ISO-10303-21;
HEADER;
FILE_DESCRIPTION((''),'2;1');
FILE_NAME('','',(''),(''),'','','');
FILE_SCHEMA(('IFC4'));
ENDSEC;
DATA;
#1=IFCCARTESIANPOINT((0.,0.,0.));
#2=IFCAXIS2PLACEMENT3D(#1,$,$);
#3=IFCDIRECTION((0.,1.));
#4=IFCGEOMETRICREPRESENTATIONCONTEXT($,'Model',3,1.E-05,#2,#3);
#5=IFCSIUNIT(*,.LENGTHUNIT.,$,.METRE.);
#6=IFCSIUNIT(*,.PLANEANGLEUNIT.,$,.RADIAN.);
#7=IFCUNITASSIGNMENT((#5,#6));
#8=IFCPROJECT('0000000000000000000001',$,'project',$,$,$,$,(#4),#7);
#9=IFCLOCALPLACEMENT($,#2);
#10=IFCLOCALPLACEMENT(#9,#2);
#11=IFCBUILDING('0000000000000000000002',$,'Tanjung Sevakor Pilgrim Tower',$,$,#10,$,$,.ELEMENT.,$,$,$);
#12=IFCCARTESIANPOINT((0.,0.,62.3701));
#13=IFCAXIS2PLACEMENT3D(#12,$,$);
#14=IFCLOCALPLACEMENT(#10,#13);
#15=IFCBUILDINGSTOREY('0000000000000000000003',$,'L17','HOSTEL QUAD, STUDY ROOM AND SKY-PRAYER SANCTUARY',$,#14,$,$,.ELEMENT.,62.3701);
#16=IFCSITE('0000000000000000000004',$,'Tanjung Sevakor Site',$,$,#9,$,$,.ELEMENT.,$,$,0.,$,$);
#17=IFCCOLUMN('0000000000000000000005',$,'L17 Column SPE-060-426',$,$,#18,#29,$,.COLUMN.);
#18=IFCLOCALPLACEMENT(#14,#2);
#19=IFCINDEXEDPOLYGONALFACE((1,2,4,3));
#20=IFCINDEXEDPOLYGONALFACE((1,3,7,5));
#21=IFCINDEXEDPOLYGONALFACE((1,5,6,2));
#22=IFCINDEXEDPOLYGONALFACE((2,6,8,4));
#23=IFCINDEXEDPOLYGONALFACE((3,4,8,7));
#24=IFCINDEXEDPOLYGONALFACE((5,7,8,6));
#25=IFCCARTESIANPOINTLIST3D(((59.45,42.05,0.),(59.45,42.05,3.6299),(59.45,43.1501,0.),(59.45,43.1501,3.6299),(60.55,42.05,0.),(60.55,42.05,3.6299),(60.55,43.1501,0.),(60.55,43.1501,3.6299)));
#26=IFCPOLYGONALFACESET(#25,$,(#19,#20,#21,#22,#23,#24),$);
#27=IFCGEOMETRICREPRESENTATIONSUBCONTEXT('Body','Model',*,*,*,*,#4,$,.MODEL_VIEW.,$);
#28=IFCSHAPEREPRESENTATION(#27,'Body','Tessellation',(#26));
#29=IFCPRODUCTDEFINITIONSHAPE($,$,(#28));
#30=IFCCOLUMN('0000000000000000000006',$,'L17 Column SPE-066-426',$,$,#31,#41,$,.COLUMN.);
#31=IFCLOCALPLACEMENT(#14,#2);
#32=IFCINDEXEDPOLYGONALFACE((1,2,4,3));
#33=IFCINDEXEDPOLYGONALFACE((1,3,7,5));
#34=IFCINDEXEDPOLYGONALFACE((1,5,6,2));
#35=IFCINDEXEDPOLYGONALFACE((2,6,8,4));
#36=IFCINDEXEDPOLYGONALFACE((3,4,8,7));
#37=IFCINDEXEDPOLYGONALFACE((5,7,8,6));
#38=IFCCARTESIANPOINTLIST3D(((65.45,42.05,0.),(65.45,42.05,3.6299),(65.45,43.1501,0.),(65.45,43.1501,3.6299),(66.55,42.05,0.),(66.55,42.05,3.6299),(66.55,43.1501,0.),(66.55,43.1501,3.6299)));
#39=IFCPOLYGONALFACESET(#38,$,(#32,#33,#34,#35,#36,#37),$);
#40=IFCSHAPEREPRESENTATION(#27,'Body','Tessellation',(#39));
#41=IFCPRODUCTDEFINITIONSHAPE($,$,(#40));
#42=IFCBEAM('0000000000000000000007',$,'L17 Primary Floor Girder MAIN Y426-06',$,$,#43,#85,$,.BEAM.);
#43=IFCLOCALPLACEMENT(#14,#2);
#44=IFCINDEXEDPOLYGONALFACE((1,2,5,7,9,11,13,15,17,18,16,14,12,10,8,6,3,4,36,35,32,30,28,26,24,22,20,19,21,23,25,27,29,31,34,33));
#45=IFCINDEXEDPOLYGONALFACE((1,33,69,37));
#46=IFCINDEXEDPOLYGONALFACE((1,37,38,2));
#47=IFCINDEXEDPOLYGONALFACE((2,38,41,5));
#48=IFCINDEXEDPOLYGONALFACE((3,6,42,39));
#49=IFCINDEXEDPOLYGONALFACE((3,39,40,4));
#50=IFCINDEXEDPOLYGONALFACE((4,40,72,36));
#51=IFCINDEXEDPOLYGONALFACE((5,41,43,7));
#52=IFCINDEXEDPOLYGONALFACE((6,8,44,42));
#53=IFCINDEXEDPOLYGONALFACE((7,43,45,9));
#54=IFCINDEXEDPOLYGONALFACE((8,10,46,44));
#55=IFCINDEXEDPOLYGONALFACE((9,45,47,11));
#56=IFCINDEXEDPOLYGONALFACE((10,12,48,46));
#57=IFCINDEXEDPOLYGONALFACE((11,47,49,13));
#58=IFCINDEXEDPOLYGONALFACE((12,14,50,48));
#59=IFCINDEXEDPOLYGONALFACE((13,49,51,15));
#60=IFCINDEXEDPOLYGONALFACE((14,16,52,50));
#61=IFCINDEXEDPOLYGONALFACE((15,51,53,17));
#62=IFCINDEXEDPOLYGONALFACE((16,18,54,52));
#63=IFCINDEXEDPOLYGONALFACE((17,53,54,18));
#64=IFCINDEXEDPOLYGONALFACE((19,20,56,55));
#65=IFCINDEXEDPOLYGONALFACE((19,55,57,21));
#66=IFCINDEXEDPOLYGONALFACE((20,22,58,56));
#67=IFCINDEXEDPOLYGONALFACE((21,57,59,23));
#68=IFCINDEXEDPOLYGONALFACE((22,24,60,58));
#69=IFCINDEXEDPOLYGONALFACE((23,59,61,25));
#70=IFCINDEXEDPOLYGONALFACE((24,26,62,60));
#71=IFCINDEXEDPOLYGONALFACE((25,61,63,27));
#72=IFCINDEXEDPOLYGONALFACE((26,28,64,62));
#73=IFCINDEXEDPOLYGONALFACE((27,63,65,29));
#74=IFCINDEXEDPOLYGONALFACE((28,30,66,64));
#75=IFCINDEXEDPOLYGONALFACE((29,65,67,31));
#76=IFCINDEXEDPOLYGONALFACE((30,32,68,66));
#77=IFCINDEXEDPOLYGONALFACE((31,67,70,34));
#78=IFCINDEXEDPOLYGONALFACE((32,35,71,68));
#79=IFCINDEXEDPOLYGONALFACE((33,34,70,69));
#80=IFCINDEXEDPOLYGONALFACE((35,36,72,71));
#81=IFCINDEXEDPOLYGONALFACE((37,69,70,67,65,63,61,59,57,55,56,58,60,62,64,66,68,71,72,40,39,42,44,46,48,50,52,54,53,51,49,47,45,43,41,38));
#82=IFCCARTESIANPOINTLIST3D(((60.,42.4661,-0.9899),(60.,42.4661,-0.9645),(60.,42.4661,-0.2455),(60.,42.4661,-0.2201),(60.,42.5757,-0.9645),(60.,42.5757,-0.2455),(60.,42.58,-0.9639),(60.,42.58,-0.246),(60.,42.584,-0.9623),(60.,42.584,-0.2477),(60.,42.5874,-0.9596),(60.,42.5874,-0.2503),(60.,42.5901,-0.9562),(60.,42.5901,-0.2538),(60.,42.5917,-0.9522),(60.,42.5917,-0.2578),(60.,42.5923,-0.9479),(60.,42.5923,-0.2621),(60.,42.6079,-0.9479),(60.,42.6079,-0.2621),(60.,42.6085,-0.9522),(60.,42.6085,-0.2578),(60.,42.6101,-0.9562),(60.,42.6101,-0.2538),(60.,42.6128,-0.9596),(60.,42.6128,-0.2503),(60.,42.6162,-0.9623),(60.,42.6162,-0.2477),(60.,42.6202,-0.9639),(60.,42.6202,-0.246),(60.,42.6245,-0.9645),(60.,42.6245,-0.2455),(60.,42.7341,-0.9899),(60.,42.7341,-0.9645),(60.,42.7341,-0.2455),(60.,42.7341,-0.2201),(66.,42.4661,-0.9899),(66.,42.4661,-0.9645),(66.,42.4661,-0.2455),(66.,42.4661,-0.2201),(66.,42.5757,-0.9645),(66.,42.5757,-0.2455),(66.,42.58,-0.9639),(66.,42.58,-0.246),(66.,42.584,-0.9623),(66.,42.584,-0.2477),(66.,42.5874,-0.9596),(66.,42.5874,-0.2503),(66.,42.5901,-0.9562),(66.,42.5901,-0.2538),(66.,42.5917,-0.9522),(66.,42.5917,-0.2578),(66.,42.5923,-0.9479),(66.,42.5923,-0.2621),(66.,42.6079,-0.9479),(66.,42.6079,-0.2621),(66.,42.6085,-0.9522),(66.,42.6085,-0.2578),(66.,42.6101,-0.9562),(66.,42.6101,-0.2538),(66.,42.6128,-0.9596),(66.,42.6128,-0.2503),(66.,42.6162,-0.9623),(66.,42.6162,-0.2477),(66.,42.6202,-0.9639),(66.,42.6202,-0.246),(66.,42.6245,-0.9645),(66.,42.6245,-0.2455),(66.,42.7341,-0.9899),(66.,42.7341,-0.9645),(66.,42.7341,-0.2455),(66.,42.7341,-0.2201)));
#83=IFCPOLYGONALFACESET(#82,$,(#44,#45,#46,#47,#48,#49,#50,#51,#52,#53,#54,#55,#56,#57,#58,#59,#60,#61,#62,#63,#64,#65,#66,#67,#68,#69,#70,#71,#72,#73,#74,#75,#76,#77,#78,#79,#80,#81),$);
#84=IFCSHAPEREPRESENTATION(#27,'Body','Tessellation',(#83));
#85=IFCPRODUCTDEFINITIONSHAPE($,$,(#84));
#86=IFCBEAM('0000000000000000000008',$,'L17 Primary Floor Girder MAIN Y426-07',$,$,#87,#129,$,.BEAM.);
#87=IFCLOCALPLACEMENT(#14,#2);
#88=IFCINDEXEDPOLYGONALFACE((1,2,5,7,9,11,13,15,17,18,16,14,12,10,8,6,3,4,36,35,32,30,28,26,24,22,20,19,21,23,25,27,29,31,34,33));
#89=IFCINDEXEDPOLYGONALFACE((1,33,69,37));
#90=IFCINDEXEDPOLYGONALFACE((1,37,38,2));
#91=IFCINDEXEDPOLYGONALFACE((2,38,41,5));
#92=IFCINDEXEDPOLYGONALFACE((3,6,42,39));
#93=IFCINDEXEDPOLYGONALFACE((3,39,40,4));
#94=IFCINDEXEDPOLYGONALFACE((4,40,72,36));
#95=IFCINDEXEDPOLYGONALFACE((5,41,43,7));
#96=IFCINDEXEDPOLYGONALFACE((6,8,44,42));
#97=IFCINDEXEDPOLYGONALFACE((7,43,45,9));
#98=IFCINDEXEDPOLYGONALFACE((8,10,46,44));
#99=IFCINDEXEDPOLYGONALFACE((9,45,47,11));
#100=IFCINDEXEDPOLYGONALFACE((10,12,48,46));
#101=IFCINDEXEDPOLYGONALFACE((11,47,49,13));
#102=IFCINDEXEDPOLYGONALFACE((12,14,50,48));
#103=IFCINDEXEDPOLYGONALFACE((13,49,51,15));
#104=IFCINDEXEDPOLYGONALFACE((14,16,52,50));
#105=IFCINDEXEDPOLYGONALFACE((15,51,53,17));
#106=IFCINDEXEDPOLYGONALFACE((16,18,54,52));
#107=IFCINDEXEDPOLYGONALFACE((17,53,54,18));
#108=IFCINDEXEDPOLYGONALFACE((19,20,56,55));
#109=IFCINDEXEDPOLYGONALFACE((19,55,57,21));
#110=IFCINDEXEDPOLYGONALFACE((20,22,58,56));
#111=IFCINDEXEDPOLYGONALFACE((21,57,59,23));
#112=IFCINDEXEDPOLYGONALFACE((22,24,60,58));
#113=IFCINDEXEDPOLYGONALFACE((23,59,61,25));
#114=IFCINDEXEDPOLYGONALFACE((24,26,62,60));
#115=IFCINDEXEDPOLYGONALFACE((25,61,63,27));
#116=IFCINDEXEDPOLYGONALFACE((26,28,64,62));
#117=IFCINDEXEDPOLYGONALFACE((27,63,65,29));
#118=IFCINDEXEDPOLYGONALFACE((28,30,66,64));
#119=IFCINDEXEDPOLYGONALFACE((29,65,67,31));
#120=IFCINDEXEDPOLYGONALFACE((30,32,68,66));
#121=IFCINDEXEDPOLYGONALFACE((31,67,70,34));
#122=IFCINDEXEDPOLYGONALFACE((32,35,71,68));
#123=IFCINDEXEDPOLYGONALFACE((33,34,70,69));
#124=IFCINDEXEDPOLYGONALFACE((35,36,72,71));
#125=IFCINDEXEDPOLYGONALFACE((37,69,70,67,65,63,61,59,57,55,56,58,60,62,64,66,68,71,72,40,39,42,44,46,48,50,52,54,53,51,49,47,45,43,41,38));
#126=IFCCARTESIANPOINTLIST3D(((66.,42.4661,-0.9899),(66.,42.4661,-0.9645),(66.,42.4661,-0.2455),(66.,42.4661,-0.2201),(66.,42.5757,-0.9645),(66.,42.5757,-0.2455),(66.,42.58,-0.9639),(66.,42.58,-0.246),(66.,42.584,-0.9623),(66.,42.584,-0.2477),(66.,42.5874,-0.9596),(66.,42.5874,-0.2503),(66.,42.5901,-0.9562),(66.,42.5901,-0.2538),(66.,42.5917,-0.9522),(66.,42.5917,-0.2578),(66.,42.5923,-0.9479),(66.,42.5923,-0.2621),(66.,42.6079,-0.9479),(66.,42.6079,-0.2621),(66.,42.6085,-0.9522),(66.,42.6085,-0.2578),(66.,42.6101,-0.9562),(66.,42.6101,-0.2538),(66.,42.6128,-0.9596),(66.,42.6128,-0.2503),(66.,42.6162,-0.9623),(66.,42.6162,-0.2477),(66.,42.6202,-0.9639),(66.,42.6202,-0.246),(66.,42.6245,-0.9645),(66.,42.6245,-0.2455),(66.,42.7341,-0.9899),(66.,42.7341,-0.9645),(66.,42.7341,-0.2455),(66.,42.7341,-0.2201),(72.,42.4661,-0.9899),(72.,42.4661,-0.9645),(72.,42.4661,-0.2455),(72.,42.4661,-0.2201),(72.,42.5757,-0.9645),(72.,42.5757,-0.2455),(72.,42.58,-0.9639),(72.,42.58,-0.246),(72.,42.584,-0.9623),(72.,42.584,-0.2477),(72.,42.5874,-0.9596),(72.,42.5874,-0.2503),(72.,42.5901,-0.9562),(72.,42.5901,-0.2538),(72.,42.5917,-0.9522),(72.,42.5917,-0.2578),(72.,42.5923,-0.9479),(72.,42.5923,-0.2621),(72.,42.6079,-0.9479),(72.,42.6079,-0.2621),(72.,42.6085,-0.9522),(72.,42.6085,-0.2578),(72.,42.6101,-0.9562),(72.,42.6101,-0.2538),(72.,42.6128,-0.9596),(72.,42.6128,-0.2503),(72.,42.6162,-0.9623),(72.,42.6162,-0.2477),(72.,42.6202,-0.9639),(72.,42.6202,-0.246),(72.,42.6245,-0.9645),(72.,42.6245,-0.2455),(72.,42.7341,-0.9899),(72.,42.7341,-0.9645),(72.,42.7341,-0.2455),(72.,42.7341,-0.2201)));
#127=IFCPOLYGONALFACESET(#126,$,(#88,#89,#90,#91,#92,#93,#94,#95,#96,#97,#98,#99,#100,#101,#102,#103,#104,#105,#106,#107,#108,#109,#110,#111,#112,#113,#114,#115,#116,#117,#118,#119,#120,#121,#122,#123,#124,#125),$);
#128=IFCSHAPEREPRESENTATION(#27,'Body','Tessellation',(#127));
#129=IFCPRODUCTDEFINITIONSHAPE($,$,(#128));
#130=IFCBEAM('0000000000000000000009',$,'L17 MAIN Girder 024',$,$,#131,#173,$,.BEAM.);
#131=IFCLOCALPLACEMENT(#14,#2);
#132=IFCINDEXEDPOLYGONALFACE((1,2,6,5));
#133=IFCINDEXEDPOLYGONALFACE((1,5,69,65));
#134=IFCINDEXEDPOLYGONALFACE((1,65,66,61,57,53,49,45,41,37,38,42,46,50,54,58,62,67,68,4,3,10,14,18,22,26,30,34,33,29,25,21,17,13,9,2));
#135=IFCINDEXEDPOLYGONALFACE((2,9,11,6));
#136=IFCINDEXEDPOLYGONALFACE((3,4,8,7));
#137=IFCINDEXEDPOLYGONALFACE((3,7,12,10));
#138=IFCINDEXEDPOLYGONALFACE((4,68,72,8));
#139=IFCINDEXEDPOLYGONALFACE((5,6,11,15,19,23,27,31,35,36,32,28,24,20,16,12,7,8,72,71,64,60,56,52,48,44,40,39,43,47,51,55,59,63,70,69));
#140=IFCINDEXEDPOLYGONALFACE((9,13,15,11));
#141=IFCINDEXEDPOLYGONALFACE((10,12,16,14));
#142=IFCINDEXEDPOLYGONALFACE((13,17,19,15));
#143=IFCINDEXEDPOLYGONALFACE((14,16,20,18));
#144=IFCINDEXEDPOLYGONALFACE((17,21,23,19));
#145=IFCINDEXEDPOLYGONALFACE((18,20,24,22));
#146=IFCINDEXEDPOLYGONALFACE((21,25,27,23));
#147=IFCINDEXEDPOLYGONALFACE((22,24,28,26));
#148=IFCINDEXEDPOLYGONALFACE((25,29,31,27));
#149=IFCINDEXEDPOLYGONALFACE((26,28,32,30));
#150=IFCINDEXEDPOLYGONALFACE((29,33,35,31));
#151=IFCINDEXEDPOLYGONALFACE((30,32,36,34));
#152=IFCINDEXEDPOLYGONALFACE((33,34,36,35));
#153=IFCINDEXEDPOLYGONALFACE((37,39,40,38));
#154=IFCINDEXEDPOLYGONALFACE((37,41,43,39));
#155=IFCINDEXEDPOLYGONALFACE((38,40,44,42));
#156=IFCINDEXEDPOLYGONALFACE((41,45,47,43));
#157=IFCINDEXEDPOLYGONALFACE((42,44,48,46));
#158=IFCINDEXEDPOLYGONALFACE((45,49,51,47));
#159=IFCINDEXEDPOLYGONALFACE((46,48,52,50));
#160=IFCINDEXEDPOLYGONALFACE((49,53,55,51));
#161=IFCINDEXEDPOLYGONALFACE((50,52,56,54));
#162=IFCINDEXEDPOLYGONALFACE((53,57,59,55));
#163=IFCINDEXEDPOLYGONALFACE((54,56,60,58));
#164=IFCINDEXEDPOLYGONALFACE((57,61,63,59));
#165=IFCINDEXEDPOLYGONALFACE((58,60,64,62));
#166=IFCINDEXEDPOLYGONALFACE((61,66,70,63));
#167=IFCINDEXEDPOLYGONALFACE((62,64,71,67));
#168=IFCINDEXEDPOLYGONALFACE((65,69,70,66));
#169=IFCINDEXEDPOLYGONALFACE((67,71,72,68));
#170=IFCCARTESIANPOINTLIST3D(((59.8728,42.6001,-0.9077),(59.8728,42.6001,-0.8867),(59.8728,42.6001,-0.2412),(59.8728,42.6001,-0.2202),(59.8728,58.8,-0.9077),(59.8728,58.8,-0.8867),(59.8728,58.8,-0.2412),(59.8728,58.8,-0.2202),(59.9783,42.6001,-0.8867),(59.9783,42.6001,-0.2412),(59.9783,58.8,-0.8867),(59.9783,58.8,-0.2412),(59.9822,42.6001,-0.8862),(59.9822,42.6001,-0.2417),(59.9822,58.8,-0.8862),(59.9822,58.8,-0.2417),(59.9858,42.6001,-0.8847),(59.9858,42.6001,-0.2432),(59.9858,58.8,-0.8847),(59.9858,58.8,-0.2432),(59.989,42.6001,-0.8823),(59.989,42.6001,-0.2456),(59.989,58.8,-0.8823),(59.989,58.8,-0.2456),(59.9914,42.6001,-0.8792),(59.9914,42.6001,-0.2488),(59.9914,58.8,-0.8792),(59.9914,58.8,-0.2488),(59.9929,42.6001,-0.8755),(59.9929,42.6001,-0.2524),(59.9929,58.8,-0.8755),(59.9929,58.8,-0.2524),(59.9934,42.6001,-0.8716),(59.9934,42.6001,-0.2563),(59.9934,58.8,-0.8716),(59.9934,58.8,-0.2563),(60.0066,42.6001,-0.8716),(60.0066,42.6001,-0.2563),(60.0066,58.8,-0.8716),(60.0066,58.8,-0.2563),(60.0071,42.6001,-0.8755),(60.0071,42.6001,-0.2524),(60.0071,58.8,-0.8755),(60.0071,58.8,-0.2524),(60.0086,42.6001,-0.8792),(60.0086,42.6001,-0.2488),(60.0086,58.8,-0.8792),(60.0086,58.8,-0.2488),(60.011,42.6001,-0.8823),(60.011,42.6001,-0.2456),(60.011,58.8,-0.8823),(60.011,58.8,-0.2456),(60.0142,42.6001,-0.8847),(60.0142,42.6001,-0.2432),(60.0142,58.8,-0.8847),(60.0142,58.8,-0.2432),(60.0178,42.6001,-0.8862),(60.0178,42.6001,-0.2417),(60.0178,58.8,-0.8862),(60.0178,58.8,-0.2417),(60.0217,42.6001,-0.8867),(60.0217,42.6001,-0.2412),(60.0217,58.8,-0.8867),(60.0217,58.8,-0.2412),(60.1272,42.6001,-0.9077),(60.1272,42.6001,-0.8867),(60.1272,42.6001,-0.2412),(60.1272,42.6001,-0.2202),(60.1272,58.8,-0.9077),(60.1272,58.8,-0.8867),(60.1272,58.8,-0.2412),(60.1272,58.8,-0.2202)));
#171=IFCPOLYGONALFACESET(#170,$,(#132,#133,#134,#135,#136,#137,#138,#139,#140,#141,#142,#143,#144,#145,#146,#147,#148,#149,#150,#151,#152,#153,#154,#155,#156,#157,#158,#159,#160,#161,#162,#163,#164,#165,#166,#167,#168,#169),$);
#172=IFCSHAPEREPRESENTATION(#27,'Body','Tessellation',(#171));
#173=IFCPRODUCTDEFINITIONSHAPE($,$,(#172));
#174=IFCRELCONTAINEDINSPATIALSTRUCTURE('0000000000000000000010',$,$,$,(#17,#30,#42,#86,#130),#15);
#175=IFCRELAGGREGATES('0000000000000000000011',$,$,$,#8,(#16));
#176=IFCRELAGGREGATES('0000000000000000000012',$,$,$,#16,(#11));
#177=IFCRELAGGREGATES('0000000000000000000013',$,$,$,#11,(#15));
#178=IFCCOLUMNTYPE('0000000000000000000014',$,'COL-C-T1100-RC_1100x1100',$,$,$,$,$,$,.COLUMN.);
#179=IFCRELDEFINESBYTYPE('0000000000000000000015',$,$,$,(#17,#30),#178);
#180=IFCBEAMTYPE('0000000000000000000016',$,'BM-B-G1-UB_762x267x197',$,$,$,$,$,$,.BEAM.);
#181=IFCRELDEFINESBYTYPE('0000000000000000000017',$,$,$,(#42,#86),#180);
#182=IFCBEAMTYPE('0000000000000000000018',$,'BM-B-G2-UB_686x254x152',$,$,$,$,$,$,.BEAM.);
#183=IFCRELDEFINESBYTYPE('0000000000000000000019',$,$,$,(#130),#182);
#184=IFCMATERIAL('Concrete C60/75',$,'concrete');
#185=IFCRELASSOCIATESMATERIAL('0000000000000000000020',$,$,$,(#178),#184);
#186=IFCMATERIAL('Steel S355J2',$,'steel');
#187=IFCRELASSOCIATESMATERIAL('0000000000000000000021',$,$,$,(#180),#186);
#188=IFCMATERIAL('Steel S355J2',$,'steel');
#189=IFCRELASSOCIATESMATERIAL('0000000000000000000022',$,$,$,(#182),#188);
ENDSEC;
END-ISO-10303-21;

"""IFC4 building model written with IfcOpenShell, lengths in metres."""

from ifc_helpers import new_model, si_unit, direction, frame, origin, origin_2d, place, context, subcontext, project, spatial, rectangle, i_section, extrude, material, material_profile, profile_set, type_object, element, save


model = new_model("IFC4")

# Units and contexts
model_context = context("Model", 3, precision=1e-05, world=origin(), true_north=direction((0.0, 1.0)))
body_context = subcontext(model_context, "Body", "Model", "MODEL_VIEW")
ifc_project = project(units=[si_unit("LENGTHUNIT", "METRE"), si_unit("PLANEANGLEUNIT", "RADIAN")], contexts=[model_context])

# Site, building, storey
site_placement = place(None, origin())
site = spatial("IfcSite", under=ifc_project, at=site_placement, Name="Tanjung Sevakor Site", CompositionType="ELEMENT", RefElevation=0.0)
building_placement = place(site_placement, origin())
building = spatial("IfcBuilding", under=site, at=building_placement, Name="Tanjung Sevakor Pilgrim Tower", CompositionType="ELEMENT")
storey_placement = place(building_placement, frame((0.0, 0.0, 62.3701)))
storey = spatial("IfcBuildingStorey", under=building, at=storey_placement, Name="L17", Description="HOSTEL QUAD, STUDY ROOM AND SKY-PRAYER SANCTUARY", CompositionType="ELEMENT", Elevation=62.3701)

# Columns
ifc_material_1 = material(Name="Concrete C60/75", Category="concrete")
ifc_material_profile_1 = material_profile(ifc_material_1, rectangle(XDim=1.1001, YDim=1.1001, at=origin_2d()))
ifc_profile_set_1 = profile_set([ifc_material_profile_1], Name="Concrete C60/75")
column_type = type_object("IfcColumnType", Name="COL-C-T1100-RC_1100x1100", PredefinedType="COLUMN", material=ifc_profile_set_1)
for number, where, z_axis, x_axis, name in (
    (1, (60.0, 42.6001, 0.0), (0.0, 0.0, 1.0), (1.0, 0.0, 0.0), "L17 Column SPE-060-426"),
    (2, (66.0, 42.6001, 0.0), (0.0, 0.0, 1.0), (1.0, 0.0, 0.0), "L17 Column SPE-066-426"),
):
    element("IfcColumn", number, at=place(storey_placement, frame(where, z_axis=z_axis, x_axis=x_axis)), inside=storey, type_object=column_type, Name=name, PredefinedType="COLUMN", context=body_context, shape_type="SweptSolid", body=[
        extrude(rectangle(XDim=1.1001, YDim=1.1001, at=origin_2d()), origin(), (0.0, 0.0, 1.0), 3.6299),
    ])

# Beams
ifc_material_2 = material(Name="Steel S355J2", Category="steel")
ifc_material_profile_2 = material_profile(ifc_material_2, i_section(OverallWidth=0.2681, OverallDepth=0.7698, WebThickness=0.0156, FlangeThickness=0.0254, FilletRadius=0.0166, at=origin_2d()))
ifc_profile_set_2 = profile_set([ifc_material_profile_2], Name="Steel S355J2")
beam_type_1 = type_object("IfcBeamType", Name="BM-B-G1-UB_762x267x197", PredefinedType="BEAM", material=ifc_profile_set_2)
for number, where, z_axis, x_axis, name in (
    (3, (60.0, 42.6001, -0.605), (1.0, 0.0, 0.0), (0.0, 1.0, 0.0), "L17 Primary Floor Girder MAIN Y426-06"),
    (4, (66.0, 42.6001, -0.605), (1.0, 0.0, 0.0), (0.0, 1.0, 0.0), "L17 Primary Floor Girder MAIN Y426-07"),
):
    element("IfcBeam", number, at=place(storey_placement, frame(where, z_axis=z_axis, x_axis=x_axis)), inside=storey, type_object=beam_type_1, Name=name, PredefinedType="BEAM", context=body_context, shape_type="SweptSolid", body=[
        extrude(i_section(OverallWidth=0.2681, OverallDepth=0.7698, WebThickness=0.0156, FlangeThickness=0.0254, FilletRadius=0.0166, at=origin_2d()), origin(), (0.0, 0.0, 1.0), 6.0),
    ])
ifc_material_3 = material(Name="Steel S355J2", Category="steel")
ifc_material_profile_3 = material_profile(ifc_material_3, i_section(OverallWidth=0.2544, OverallDepth=0.6875, WebThickness=0.0132, FlangeThickness=0.021, FilletRadius=0.0151, at=origin_2d()))
ifc_profile_set_3 = profile_set([ifc_material_profile_3], Name="Steel S355J2")
beam_type_2 = type_object("IfcBeamType", Name="BM-B-G2-UB_686x254x152", PredefinedType="BEAM", material=ifc_profile_set_3)
for number, where, z_axis, x_axis, name in (
    (5, (60.0, 42.6001, -0.564), (0.0, 1.0, 0.0), (-1.0, 0.0, 0.0), "L17 MAIN Girder 024"),
):
    element("IfcBeam", number, at=place(storey_placement, frame(where, z_axis=z_axis, x_axis=x_axis)), inside=storey, type_object=beam_type_2, Name=name, PredefinedType="BEAM", context=body_context, shape_type="SweptSolid", body=[
        extrude(i_section(OverallWidth=0.2544, OverallDepth=0.6875, WebThickness=0.0132, FlangeThickness=0.021, FilletRadius=0.0151, at=origin_2d()), origin(), (0.0, 0.0, 1.0), 16.2),
    ])

save(model, "model.ifc")
